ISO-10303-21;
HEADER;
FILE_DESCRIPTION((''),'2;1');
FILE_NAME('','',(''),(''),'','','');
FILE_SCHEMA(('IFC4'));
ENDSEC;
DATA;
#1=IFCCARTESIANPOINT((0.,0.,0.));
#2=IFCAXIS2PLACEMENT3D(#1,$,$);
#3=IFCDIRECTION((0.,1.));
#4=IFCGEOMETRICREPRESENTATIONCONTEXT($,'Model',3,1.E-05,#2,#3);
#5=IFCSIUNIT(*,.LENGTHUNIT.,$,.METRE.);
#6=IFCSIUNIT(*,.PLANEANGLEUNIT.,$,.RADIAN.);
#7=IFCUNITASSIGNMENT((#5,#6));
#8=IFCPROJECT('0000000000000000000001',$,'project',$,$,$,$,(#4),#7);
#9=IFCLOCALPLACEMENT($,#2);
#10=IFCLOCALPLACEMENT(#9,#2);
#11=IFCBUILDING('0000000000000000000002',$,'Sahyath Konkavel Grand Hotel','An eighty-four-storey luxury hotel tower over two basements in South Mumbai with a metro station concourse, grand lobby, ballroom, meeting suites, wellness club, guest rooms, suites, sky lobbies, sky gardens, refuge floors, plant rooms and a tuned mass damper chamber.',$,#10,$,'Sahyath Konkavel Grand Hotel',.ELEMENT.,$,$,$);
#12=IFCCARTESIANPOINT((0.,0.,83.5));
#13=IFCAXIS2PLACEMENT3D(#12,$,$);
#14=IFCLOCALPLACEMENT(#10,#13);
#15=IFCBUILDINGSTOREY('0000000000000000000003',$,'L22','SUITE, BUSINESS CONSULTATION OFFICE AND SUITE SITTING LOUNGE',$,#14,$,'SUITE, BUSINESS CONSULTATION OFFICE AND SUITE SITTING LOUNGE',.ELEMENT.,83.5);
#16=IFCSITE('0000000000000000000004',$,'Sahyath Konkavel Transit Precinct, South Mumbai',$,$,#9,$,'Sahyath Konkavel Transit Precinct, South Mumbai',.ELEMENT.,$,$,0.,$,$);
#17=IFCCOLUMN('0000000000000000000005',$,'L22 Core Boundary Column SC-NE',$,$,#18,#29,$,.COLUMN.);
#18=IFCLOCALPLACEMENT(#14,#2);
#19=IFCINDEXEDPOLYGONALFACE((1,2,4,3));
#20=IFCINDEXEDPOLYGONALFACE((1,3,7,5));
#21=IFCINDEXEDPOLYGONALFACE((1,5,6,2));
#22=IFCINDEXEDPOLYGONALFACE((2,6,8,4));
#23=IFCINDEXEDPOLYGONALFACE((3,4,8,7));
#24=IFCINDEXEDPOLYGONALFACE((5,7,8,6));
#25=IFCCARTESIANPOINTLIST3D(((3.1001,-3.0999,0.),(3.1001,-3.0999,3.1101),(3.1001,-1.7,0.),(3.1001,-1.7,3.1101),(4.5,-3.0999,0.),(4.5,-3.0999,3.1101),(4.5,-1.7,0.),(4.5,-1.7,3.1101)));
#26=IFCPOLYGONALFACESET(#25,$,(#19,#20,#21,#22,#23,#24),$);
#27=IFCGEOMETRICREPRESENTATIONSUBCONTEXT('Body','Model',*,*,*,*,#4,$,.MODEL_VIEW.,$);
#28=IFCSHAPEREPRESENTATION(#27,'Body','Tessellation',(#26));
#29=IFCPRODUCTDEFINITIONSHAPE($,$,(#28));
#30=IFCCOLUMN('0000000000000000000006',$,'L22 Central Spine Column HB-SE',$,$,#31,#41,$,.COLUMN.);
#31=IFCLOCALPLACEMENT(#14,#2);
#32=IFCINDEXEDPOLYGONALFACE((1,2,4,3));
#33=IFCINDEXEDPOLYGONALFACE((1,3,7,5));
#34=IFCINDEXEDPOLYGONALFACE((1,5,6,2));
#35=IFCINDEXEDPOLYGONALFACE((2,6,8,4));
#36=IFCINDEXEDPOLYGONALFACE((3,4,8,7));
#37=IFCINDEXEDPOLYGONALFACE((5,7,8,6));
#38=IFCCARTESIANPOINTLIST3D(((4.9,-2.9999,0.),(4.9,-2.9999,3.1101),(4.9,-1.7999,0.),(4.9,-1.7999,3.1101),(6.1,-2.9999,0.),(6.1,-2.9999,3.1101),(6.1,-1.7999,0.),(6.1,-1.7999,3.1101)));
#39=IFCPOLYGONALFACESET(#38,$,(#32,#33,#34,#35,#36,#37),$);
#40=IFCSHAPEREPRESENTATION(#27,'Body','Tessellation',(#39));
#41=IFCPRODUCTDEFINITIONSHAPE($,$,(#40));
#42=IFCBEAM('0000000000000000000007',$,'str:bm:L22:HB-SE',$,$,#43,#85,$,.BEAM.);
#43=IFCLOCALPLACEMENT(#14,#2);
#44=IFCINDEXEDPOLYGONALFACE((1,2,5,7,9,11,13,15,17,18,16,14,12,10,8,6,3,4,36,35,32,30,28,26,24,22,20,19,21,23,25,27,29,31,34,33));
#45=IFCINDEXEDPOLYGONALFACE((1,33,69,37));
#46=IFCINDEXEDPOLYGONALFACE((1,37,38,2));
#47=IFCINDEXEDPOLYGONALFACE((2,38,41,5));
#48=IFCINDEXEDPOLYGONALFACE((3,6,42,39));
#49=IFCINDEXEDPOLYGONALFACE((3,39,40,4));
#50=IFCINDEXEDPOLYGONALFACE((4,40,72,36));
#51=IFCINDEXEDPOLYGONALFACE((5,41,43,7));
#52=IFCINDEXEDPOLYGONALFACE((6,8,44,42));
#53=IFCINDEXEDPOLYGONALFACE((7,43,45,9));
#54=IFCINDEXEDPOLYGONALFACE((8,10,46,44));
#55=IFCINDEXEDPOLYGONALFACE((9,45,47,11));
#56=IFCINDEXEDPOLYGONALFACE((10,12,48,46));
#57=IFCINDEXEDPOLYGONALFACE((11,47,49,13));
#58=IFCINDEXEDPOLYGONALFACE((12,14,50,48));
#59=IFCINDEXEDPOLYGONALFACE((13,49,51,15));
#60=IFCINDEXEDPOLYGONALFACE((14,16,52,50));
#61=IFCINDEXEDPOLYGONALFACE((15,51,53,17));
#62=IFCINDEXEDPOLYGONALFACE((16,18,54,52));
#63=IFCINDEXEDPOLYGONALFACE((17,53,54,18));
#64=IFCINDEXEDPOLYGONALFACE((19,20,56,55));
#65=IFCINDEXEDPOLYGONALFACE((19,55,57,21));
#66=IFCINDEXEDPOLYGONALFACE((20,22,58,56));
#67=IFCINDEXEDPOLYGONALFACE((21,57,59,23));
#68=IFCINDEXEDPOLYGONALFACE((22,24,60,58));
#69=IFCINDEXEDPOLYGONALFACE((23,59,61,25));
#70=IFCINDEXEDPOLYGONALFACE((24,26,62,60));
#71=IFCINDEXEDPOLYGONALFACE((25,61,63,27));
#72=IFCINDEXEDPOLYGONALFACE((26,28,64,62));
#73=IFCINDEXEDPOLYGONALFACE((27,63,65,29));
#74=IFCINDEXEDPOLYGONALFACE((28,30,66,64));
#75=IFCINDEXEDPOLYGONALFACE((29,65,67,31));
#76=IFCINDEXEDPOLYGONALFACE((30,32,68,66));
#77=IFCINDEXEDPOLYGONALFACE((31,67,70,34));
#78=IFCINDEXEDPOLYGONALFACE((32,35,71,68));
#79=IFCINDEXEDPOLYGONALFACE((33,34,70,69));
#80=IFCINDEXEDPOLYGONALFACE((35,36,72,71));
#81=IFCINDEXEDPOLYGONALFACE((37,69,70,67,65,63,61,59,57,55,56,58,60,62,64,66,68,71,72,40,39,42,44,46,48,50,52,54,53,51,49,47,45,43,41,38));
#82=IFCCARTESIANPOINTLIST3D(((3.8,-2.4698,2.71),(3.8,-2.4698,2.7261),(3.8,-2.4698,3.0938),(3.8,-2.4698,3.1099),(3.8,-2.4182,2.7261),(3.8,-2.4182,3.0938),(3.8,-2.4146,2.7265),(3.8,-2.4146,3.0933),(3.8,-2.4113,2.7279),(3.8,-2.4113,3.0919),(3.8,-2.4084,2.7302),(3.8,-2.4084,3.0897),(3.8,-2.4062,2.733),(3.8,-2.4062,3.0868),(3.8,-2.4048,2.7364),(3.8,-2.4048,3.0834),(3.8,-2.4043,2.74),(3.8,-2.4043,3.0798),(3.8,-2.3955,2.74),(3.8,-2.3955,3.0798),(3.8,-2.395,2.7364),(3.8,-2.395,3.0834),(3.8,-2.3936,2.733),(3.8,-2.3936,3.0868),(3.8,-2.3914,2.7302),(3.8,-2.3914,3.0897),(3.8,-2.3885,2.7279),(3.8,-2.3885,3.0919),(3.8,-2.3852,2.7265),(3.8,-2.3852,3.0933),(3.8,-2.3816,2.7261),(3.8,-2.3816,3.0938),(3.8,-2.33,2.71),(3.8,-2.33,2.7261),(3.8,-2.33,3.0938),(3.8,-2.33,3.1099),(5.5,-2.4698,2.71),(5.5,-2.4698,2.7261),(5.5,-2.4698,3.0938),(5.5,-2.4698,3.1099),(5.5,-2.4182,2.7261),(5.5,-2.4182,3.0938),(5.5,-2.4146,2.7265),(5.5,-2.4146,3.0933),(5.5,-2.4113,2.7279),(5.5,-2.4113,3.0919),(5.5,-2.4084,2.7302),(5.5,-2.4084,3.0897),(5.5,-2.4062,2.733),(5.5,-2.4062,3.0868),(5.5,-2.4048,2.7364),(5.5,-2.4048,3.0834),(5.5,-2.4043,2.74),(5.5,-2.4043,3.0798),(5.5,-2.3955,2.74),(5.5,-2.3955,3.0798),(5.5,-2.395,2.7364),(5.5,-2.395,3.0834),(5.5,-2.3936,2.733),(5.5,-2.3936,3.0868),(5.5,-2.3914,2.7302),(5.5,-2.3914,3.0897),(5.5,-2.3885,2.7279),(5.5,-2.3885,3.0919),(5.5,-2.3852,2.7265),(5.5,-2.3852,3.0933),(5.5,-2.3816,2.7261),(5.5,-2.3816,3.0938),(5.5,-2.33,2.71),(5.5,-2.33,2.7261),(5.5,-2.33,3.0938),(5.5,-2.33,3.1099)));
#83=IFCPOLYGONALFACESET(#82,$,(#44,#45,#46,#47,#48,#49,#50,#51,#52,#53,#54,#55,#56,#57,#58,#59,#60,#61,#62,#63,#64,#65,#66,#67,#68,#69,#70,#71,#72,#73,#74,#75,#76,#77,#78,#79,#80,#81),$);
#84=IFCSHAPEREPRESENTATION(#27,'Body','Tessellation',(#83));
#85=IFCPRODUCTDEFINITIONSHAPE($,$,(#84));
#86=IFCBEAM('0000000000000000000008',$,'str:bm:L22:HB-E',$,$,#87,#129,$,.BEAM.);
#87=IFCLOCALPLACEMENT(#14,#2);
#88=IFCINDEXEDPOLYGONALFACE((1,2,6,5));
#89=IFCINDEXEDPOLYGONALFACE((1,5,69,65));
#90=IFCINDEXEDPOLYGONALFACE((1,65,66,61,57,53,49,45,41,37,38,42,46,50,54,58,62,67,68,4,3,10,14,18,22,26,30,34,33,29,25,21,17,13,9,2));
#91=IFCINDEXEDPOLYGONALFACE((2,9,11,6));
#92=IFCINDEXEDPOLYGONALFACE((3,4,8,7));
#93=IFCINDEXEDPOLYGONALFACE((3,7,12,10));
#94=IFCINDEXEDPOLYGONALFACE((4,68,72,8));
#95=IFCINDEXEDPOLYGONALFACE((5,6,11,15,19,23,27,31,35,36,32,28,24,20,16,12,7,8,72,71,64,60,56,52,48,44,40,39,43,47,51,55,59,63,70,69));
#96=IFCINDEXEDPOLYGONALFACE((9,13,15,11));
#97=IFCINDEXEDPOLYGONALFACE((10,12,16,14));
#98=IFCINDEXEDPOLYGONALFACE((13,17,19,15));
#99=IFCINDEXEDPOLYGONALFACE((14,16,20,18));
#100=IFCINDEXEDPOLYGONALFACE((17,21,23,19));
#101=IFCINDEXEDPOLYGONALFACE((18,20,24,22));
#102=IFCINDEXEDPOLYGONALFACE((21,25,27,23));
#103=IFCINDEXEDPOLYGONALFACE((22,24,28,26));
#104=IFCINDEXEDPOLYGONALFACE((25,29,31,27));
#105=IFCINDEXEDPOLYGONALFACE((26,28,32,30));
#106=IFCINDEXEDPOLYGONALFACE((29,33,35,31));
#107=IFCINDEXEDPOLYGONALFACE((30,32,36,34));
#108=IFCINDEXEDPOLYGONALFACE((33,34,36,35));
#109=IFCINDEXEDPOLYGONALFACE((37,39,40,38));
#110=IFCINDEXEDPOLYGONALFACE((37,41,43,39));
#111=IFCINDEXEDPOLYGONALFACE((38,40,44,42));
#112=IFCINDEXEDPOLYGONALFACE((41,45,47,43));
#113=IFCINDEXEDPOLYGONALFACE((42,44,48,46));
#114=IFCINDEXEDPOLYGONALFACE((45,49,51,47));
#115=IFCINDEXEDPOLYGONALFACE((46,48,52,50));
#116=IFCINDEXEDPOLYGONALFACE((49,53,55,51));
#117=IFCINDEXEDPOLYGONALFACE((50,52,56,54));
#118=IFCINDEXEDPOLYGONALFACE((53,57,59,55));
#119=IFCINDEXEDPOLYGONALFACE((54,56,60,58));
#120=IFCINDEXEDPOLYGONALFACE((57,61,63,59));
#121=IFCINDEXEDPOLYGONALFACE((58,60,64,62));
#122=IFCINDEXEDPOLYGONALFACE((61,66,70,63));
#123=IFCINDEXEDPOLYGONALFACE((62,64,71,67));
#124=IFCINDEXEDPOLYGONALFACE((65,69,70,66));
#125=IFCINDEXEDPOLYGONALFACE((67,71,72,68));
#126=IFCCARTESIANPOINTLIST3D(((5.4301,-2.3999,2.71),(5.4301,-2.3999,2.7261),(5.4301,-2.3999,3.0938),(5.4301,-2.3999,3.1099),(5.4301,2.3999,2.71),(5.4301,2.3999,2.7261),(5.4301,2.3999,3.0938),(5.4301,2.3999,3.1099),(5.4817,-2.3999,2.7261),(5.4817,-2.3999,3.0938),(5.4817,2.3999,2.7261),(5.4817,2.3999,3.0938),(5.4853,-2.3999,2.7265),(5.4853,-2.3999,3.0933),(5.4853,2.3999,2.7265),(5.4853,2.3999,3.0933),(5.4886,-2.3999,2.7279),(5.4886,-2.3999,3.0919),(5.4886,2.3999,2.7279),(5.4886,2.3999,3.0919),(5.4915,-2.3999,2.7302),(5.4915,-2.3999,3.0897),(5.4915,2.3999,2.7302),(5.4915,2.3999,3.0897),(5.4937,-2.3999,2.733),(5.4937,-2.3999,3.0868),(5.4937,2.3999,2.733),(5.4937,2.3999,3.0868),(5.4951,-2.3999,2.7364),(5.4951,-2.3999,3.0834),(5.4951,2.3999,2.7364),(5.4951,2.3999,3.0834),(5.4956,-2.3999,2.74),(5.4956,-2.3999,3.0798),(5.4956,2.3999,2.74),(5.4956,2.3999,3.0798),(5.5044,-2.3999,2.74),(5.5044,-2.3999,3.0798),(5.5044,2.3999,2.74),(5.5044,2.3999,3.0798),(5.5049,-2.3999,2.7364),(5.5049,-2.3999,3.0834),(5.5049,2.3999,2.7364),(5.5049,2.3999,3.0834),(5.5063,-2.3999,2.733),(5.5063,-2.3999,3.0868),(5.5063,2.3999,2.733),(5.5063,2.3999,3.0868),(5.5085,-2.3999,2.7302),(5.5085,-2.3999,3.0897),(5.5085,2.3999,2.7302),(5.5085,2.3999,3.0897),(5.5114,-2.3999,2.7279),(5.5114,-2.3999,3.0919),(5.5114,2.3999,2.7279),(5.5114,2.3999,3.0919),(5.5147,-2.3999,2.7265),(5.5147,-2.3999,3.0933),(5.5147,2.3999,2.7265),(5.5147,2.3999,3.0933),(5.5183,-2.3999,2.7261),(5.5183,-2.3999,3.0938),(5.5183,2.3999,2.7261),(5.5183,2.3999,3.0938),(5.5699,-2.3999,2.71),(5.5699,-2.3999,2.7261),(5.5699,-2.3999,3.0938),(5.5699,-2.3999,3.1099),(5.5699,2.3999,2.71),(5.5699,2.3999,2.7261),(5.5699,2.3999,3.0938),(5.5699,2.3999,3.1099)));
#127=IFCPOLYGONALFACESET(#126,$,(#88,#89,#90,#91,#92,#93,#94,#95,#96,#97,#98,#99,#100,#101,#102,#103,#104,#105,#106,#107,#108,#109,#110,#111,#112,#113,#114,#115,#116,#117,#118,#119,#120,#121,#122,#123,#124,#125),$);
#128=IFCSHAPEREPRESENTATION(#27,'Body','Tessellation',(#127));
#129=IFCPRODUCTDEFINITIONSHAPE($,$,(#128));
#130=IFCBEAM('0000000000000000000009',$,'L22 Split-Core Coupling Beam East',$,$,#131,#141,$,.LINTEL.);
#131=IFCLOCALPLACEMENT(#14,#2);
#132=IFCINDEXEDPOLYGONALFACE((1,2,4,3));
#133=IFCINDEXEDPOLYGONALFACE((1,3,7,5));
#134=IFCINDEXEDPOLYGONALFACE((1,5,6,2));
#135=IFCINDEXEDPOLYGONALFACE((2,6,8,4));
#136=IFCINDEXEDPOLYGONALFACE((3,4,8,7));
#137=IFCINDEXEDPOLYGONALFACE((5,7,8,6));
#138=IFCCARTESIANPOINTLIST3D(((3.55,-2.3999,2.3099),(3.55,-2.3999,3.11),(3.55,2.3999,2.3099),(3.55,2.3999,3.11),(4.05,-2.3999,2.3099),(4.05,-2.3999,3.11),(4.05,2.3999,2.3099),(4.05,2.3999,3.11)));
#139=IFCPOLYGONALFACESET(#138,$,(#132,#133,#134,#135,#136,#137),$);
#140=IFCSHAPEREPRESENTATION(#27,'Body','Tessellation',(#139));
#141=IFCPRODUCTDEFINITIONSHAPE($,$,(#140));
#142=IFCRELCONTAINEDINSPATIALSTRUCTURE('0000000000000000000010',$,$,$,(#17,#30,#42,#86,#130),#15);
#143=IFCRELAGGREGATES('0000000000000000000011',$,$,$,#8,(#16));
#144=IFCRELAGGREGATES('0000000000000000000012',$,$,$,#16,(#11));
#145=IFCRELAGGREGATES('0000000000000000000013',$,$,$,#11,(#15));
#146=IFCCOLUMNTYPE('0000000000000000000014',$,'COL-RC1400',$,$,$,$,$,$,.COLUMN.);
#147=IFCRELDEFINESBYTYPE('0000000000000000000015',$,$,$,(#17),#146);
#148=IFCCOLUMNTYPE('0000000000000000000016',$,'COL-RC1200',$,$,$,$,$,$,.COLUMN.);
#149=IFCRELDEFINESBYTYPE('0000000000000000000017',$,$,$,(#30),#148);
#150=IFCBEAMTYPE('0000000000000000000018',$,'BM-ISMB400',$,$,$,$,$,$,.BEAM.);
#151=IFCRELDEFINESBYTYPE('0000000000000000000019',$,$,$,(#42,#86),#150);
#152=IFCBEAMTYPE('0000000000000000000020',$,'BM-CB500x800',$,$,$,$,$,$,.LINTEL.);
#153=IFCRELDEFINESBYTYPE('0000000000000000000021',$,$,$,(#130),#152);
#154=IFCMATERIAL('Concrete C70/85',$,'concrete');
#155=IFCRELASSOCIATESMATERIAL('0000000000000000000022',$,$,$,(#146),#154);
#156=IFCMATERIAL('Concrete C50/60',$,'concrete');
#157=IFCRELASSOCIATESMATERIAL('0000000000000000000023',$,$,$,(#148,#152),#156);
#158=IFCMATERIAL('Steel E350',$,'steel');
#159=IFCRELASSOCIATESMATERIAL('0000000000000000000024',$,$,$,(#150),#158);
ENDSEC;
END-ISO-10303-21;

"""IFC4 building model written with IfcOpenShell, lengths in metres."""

from ifc_helpers import new_model, si_unit, direction, frame, origin, origin_2d, place, context, subcontext, project, spatial, rectangle, i_section, extrude, source, transform, mapped, material, material_profile, profile_set, type_object, element, save


model = new_model("IFC4")

# Units and contexts
model_context = context("Model", 3, precision=1e-05, world=origin(), true_north=direction((0.0, 1.0)))
body_context = subcontext(model_context, "Body", "Model", "MODEL_VIEW")
ifc_project = project(units=[si_unit("LENGTHUNIT", "METRE"), si_unit("PLANEANGLEUNIT", "RADIAN")], contexts=[model_context])

# Site, building, storey
site_placement = place(None, origin())
site = spatial("IfcSite", under=ifc_project, at=site_placement, Name="Sahyath Konkavel Transit Precinct, South Mumbai", LongName="Sahyath Konkavel Transit Precinct, South Mumbai", CompositionType="ELEMENT", RefElevation=0.0)
building_placement = place(site_placement, origin())
building = spatial("IfcBuilding", under=site, at=building_placement, Name="Sahyath Konkavel Grand Hotel", Description="An eighty-four-storey luxury hotel tower over two basements in South Mumbai with a metro station concourse, grand lobby, ballroom, meeting suites, wellness club, guest rooms, suites, sky lobbies, sky gardens, refuge floors, plant rooms and a tuned mass damper chamber.", LongName="Sahyath Konkavel Grand Hotel", CompositionType="ELEMENT")
storey_placement = place(building_placement, frame((0.0, 0.0, 83.5)))
storey = spatial("IfcBuildingStorey", under=building, at=storey_placement, Name="L22", Description="SUITE, BUSINESS CONSULTATION OFFICE AND SUITE SITTING LOUNGE", LongName="SUITE, BUSINESS CONSULTATION OFFICE AND SUITE SITTING LOUNGE", CompositionType="ELEMENT", Elevation=83.5)

# Columns
ifc_material_1 = material(Name="Concrete C70/85", Category="concrete")
ifc_material_profile_1 = material_profile(ifc_material_1, rectangle(XDim=1.3999, YDim=1.3999, at=origin_2d()), Name="RC 1400x1400")
ifc_profile_set_1 = profile_set([ifc_material_profile_1], Name="Concrete C70/85")
column_type_1 = type_object("IfcColumnType", Name="COL-RC1400", PredefinedType="COLUMN", material=ifc_profile_set_1)
shared_shape_1 = source(origin(), body_context, "Body", "SweptSolid", [
    extrude(rectangle(XDim=1.3999, YDim=1.3999, at=origin_2d()), origin(), (0.0, 0.0, 1.0), 3.1101),
])
column_1_placement = place(storey_placement, frame((3.8, -2.3999, 0.0), z_axis=(0.0, 0.0, 1.0), x_axis=(1.0, 0.0, 0.0)))
element("IfcColumn", 1, at=column_1_placement, inside=storey, type_object=column_type_1, Name="L22 Core Boundary Column SC-NE", PredefinedType="COLUMN", context=body_context, shape_type="MappedRepresentation", body=[
    mapped(shared_shape_1, transform((0.0, 0.0, 0.0), scale=1.0)),
])
ifc_material_2 = material(Name="Concrete C50/60", Category="concrete")
ifc_material_profile_2 = material_profile(ifc_material_2, rectangle(XDim=1.2, YDim=1.2, at=origin_2d()), Name="RC 1200x1200")
ifc_profile_set_2 = profile_set([ifc_material_profile_2], Name="Concrete C50/60")
column_type_2 = type_object("IfcColumnType", Name="COL-RC1200", PredefinedType="COLUMN", material=ifc_profile_set_2)
shared_shape_2 = source(origin(), body_context, "Body", "SweptSolid", [
    extrude(rectangle(XDim=1.2, YDim=1.2, at=origin_2d()), origin(), (0.0, 0.0, 1.0), 3.1101),
])
column_2_placement = place(storey_placement, frame((5.5, -2.3999, 0.0), z_axis=(0.0, 0.0, 1.0), x_axis=(1.0, 0.0, 0.0)))
element("IfcColumn", 2, at=column_2_placement, inside=storey, type_object=column_type_2, Name="L22 Central Spine Column HB-SE", PredefinedType="COLUMN", context=body_context, shape_type="MappedRepresentation", body=[
    mapped(shared_shape_2, transform((0.0, 0.0, 0.0), scale=1.0)),
])

# Beams
ifc_material_3 = material(Name="Steel E350", Category="steel")
ifc_material_profile_3 = material_profile(ifc_material_3, i_section(OverallWidth=0.1399, OverallDepth=0.3999, WebThickness=0.0088, FlangeThickness=0.0161, FilletRadius=0.0139, at=origin_2d()), Name="ISMB 400")
ifc_profile_set_3 = profile_set([ifc_material_profile_3], Name="Steel E350")
beam_type_1 = type_object("IfcBeamType", Name="BM-ISMB400", PredefinedType="BEAM", material=ifc_profile_set_3)
shared_shape_3 = source(origin(), body_context, "Body", "SweptSolid", [
    extrude(i_section(OverallWidth=0.1399, OverallDepth=0.3999, WebThickness=0.0088, FlangeThickness=0.0161, FilletRadius=0.0139, at=origin_2d()), origin(), (0.0, 0.0, 1.0), 1.7),
])
beam_1_placement = place(storey_placement, frame((3.8, -2.3999, 2.9099), z_axis=(1.0, 0.0, 0.0), x_axis=(0.0, 1.0, 0.0)))
element("IfcBeam", 3, at=beam_1_placement, inside=storey, type_object=beam_type_1, Name="str:bm:L22:HB-SE", PredefinedType="BEAM", context=body_context, shape_type="MappedRepresentation", body=[
    mapped(shared_shape_3, transform((0.0, 0.0, 0.0), scale=1.0)),
])
shared_shape_4 = source(origin(), body_context, "Body", "SweptSolid", [
    extrude(i_section(OverallWidth=0.1399, OverallDepth=0.3999, WebThickness=0.0088, FlangeThickness=0.0161, FilletRadius=0.0139, at=origin_2d()), origin(), (0.0, 0.0, 1.0), 4.7998),
])
beam_2_placement = place(storey_placement, frame((5.5, -2.3999, 2.9099), z_axis=(0.0, 1.0, 0.0), x_axis=(-1.0, 0.0, 0.0)))
element("IfcBeam", 4, at=beam_2_placement, inside=storey, type_object=beam_type_1, Name="str:bm:L22:HB-E", PredefinedType="BEAM", context=body_context, shape_type="MappedRepresentation", body=[
    mapped(shared_shape_4, transform((0.0, 0.0, 0.0), scale=1.0)),
])
ifc_material_profile_4 = material_profile(ifc_material_2, rectangle(XDim=0.5, YDim=0.8, at=origin_2d()), Name="RC 500x800")
ifc_profile_set_4 = profile_set([ifc_material_profile_4], Name="Concrete C50/60")
beam_type_2 = type_object("IfcBeamType", Name="BM-CB500x800", PredefinedType="LINTEL", material=ifc_profile_set_4)
shared_shape_5 = source(origin(), body_context, "Body", "SweptSolid", [
    extrude(rectangle(XDim=0.5, YDim=0.8, at=origin_2d()), origin(), (0.0, 0.0, 1.0), 4.7998),
])
beam_3_placement = place(storey_placement, frame((3.8, -2.3999, 2.71), z_axis=(0.0, 1.0, 0.0), x_axis=(-1.0, 0.0, 0.0)))
element("IfcBeam", 5, at=beam_3_placement, inside=storey, type_object=beam_type_2, Name="L22 Split-Core Coupling Beam East", PredefinedType="LINTEL", context=body_context, shape_type="MappedRepresentation", body=[
    mapped(shared_shape_5, transform((0.0, 0.0, 0.0), scale=1.0)),
])

save(model, "model.ifc")
